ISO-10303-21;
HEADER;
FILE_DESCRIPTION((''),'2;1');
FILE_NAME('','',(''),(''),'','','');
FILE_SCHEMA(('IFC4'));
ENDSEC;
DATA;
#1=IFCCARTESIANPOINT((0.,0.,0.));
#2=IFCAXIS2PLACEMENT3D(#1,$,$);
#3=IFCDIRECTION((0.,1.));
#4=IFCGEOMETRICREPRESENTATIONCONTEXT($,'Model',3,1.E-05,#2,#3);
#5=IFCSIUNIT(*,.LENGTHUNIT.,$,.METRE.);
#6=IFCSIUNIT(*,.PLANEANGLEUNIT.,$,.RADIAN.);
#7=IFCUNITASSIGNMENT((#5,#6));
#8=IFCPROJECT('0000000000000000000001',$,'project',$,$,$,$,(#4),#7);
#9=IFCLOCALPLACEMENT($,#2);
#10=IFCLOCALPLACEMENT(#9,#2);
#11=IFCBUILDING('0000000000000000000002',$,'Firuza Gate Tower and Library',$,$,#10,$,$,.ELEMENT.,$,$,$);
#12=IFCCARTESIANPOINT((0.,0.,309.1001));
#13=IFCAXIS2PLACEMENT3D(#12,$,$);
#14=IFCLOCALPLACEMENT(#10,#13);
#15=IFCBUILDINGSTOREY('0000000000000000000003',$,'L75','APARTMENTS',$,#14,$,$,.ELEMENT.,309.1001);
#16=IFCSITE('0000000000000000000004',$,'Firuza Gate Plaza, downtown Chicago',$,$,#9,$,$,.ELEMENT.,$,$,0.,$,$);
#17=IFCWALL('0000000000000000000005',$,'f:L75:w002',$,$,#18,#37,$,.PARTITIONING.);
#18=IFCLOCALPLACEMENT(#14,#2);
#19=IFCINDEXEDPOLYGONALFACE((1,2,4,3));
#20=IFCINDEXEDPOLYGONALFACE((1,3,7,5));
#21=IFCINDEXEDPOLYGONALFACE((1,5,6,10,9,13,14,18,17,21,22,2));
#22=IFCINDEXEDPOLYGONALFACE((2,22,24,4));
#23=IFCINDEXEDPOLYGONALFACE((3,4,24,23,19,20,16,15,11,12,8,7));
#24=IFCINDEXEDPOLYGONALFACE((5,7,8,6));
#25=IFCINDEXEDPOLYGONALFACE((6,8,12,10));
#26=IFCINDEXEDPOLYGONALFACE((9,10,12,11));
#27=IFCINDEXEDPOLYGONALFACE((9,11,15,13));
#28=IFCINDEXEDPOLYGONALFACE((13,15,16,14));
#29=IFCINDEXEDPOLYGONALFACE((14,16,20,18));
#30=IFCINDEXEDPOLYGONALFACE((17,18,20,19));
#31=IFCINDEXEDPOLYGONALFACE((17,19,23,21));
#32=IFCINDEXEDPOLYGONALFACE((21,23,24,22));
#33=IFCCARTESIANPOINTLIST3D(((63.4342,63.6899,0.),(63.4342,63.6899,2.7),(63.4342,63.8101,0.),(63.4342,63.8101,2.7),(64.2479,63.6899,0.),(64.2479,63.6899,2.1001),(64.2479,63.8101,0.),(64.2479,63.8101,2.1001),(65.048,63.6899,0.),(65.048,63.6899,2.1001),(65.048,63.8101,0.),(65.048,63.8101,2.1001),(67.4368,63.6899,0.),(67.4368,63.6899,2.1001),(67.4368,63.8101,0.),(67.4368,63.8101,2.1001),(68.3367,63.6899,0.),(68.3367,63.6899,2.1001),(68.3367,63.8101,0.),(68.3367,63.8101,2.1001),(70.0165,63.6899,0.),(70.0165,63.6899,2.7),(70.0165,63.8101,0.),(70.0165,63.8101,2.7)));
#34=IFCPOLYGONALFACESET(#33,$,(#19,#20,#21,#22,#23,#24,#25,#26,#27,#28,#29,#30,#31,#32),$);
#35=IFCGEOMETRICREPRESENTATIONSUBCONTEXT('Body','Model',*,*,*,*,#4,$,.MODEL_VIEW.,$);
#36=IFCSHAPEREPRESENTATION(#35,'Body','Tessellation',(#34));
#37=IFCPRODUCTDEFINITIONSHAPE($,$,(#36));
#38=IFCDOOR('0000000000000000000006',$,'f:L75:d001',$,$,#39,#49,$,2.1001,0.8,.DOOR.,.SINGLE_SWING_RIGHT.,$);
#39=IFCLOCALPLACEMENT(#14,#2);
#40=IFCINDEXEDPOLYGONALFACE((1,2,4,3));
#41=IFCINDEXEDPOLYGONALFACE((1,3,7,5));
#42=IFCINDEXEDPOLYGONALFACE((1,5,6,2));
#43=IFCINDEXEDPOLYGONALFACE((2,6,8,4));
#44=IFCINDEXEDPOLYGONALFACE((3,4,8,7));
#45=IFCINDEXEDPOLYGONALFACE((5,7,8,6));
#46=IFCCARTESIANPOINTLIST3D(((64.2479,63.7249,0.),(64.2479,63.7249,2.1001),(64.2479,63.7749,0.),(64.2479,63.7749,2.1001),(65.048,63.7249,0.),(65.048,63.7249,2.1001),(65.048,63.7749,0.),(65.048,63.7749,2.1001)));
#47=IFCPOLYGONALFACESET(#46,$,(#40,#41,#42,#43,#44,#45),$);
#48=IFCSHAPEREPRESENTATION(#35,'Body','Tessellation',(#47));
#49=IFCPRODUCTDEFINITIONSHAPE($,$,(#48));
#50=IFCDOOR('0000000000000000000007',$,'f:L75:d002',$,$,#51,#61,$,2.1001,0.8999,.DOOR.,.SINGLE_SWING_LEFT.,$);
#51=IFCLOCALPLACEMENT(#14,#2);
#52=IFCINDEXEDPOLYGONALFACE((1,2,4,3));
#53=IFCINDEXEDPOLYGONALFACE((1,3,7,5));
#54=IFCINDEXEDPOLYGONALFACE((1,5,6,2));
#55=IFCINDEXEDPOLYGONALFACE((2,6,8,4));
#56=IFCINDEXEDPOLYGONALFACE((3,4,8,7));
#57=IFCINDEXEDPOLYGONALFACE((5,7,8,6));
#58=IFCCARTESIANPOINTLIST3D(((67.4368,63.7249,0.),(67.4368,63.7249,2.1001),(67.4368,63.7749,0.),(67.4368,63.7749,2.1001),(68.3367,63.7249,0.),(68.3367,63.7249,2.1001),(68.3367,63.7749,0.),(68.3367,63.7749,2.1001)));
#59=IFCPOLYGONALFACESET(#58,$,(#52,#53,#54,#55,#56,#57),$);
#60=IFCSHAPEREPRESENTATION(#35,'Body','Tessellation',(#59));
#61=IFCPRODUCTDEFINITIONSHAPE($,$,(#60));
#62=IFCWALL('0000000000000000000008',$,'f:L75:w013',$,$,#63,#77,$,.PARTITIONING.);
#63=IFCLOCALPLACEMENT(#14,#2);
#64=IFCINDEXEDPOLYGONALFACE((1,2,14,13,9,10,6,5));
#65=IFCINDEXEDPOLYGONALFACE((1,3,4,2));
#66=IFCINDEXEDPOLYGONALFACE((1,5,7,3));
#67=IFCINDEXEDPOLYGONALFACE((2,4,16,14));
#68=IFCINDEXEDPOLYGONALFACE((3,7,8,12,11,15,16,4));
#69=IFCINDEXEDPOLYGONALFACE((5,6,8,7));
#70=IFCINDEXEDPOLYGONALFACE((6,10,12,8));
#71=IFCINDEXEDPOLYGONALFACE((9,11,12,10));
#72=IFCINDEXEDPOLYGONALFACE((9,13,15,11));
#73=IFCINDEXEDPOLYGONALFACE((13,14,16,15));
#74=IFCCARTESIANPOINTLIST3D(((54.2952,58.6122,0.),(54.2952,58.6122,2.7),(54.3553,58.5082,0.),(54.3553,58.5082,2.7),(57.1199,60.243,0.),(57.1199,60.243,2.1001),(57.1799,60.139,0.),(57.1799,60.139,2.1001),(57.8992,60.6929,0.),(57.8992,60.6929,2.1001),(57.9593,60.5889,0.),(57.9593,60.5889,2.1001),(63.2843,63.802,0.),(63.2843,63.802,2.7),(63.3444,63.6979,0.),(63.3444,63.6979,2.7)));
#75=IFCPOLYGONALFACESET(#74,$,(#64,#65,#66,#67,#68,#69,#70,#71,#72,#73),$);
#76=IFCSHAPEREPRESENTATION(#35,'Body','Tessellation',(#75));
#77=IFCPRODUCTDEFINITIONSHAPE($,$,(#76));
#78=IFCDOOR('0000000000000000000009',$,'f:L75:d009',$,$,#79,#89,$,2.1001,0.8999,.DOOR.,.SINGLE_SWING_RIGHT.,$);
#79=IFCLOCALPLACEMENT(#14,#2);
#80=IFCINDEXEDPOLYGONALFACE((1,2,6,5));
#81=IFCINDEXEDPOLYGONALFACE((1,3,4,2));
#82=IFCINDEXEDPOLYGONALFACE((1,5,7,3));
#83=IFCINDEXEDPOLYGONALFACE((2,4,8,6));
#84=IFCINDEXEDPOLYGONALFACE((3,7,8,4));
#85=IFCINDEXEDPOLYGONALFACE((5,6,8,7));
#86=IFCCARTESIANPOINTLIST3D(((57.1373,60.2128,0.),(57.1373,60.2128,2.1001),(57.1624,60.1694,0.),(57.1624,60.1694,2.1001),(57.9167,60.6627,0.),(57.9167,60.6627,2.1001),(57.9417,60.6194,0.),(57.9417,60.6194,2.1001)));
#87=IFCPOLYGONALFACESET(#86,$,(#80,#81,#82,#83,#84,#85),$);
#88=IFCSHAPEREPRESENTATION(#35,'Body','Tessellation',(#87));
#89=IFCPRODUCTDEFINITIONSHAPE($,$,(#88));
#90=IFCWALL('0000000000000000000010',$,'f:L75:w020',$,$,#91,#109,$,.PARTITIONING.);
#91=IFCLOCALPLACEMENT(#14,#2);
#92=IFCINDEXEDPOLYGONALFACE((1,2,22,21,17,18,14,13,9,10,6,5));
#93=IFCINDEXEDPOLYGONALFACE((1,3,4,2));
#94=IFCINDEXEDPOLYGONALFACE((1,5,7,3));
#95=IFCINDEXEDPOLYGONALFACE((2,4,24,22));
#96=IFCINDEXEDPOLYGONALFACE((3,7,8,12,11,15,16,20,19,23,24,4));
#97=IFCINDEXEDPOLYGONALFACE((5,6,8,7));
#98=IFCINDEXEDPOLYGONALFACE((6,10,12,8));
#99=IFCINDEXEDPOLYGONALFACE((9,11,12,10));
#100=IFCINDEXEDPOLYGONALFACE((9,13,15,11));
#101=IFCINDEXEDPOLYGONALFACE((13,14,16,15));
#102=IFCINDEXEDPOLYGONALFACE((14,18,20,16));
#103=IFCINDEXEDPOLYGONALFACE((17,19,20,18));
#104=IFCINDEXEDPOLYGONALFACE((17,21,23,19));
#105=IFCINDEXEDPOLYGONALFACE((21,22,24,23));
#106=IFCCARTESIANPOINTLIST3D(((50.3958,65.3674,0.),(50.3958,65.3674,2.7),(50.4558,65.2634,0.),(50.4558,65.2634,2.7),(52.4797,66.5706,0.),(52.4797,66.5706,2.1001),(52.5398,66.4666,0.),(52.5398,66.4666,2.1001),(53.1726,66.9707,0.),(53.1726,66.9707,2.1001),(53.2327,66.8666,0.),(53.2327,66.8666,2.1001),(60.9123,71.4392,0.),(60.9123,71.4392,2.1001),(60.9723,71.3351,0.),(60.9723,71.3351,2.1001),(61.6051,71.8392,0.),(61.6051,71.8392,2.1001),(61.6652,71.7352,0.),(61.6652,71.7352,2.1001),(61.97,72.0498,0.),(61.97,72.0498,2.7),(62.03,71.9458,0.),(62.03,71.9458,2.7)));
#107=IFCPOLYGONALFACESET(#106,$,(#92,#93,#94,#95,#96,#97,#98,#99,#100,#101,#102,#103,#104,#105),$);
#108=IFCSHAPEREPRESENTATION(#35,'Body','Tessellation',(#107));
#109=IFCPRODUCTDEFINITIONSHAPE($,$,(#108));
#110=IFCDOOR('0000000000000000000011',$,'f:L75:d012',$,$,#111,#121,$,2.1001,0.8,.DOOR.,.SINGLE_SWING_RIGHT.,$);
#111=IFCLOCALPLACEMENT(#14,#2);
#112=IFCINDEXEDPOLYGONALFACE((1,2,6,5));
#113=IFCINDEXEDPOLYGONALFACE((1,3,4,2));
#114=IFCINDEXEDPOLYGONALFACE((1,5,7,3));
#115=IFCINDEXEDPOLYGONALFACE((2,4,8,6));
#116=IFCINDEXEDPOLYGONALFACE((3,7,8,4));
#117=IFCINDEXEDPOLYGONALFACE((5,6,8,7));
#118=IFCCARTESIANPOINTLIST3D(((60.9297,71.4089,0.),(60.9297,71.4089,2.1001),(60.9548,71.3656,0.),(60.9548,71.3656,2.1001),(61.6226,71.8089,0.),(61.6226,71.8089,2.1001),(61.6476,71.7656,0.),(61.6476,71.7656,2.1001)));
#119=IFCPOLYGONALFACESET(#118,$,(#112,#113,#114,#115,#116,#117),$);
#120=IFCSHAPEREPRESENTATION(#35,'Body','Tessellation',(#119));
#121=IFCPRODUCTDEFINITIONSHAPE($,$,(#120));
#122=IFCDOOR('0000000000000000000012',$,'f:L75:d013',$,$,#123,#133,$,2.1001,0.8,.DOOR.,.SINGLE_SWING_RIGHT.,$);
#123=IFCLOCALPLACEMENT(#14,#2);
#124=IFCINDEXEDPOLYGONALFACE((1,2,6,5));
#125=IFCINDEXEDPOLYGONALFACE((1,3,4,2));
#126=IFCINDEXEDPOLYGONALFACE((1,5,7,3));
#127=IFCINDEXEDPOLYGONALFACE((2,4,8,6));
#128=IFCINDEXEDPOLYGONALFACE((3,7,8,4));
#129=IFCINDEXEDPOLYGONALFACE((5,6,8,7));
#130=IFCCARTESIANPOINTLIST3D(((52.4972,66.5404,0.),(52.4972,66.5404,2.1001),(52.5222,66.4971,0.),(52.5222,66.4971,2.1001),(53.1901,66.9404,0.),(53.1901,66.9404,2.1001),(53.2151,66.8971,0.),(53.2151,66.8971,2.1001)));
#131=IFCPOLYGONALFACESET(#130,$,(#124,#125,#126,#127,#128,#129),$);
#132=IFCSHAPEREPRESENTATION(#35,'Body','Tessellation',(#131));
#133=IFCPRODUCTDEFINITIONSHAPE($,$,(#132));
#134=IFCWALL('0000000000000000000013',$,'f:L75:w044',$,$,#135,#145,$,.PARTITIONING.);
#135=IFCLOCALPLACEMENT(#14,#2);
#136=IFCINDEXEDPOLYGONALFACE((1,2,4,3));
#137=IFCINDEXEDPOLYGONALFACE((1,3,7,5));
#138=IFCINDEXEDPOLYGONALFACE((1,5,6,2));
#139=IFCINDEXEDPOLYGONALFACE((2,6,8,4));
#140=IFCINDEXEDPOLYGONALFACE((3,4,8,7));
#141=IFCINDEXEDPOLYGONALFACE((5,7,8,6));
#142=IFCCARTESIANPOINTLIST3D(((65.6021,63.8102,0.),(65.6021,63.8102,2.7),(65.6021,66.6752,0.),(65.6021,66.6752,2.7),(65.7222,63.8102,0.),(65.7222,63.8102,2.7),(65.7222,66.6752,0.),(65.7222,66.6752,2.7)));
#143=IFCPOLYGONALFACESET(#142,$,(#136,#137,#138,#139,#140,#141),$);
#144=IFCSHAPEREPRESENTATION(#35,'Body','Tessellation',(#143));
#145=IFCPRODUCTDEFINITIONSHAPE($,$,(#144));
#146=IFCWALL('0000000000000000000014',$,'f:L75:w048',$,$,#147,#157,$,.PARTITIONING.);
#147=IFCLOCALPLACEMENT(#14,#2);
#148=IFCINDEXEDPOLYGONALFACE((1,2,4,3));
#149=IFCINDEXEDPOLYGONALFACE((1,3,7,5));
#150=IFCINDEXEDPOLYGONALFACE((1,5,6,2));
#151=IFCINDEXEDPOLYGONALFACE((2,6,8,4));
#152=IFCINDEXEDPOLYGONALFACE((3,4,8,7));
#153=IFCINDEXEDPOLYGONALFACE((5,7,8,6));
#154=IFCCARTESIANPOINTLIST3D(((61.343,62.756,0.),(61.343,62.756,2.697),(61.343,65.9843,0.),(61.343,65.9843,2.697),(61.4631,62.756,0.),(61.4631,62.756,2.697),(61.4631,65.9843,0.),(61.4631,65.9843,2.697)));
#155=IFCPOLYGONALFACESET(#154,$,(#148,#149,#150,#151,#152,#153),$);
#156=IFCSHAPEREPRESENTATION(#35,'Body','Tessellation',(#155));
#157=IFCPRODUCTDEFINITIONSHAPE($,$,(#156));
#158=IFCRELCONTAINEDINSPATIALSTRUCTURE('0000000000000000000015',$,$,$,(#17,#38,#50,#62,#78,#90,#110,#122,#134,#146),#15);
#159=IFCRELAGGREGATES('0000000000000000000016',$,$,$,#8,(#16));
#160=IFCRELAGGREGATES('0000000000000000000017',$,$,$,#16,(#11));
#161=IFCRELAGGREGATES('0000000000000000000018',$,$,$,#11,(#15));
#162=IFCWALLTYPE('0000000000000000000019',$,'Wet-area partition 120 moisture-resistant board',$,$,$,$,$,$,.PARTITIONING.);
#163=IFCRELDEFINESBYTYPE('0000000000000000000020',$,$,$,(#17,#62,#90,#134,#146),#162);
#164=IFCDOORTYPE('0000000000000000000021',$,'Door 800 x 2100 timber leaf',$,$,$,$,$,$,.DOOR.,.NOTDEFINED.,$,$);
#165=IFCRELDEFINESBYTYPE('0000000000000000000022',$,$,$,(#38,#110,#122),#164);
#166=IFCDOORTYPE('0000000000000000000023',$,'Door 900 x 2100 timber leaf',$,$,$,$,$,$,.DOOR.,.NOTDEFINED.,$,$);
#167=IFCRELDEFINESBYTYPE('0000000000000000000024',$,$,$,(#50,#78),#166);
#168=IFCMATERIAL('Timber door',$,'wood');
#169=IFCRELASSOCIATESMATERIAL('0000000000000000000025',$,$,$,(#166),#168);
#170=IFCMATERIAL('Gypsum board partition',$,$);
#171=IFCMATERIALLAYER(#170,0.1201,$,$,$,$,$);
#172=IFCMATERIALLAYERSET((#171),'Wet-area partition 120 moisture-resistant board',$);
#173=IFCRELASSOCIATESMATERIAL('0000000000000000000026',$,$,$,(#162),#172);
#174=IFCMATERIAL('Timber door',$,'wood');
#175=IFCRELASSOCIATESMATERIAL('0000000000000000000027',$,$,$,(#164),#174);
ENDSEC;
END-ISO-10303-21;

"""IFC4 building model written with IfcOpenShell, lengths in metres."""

from ifc_helpers import new_model, si_unit, direction, frame, frame_2d, origin, place, context, subcontext, project, spatial, rectangle, extrude, material, layer, layer_set, type_object, element, fill, save


model = new_model("IFC4")

# Units and contexts
model_context = context("Model", 3, precision=1e-05, world=origin(), true_north=direction((0.0, 1.0)))
body_context = subcontext(model_context, "Body", "Model", "MODEL_VIEW")
ifc_project = project(units=[si_unit("LENGTHUNIT", "METRE"), si_unit("PLANEANGLEUNIT", "RADIAN")], contexts=[model_context])

# Site, building, storey
site_placement = place(None, origin())
site = spatial("IfcSite", under=ifc_project, at=site_placement, Name="Firuza Gate Plaza, downtown Chicago", CompositionType="ELEMENT", RefElevation=0.0)
building_placement = place(site_placement, origin())
building = spatial("IfcBuilding", under=site, at=building_placement, Name="Firuza Gate Tower and Library", CompositionType="ELEMENT")
storey_placement = place(building_placement, frame((0.0, 0.0, 309.1001)))
storey = spatial("IfcBuildingStorey", under=building, at=storey_placement, Name="L75", Description="APARTMENTS", CompositionType="ELEMENT", Elevation=309.1001)

# Shared definitions
ifc_material_1 = material(Name="Timber door", Category="wood")
door_type_1 = type_object("IfcDoorType", Name="Door 900 x 2100 timber leaf", OperationType="NOTDEFINED", PredefinedType="DOOR", material=ifc_material_1)

# Wall, openings, doors
ifc_material_2 = material(Name="Gypsum board partition")
ifc_layer_1 = layer(ifc_material_2, 0.1201)
ifc_layer_set_1 = layer_set([ifc_layer_1], Name="Wet-area partition 120 moisture-resistant board")
wall_type_1 = type_object("IfcWallType", Name="Wet-area partition 120 moisture-resistant board", PredefinedType="PARTITIONING", material=ifc_layer_set_1)
wall_1_placement = place(storey_placement, frame((63.4343, 63.75, 0.0), z_axis=(0.0, 0.0, 1.0), x_axis=(1.0, 0.0, 0.0)))
wall_1 = element("IfcWall", 1, at=wall_1_placement, inside=storey, type_object=wall_type_1, Name="f:L75:w002", PredefinedType="PARTITIONING", context=body_context, shape_type="SweptSolid", body=[
    extrude(rectangle(XDim=6.5823, YDim=0.1201, at=frame_2d((3.291, 0.0))), origin(), (0.0, 0.0, 1.0), 2.7),
])
opening_1_placement = place(wall_1_placement, frame((0.8137, 0.0, 0.0)))
opening_1 = element("IfcOpeningElement", 2, at=opening_1_placement, cuts=wall_1, PredefinedType="OPENING", context=body_context, shape_type="SweptSolid", body=[
    extrude(rectangle(XDim=0.8, YDim=2.1001, at=frame_2d((0.3999, 1.05))), frame((0.0, 0.0701, 0.0), z_axis=(0.0, -1.0, 0.0), x_axis=(1.0, 0.0, 0.0)), (0.0, 0.0, 1.0), 0.1401),
])
opening_2_placement = place(wall_1_placement, frame((4.0024, 0.0, 0.0)))
opening_2 = element("IfcOpeningElement", 3, at=opening_2_placement, cuts=wall_1, PredefinedType="OPENING", context=body_context, shape_type="SweptSolid", body=[
    extrude(rectangle(XDim=0.8999, YDim=2.1001, at=frame_2d((0.45, 1.05))), frame((0.0, 0.0701, 0.0), z_axis=(0.0, -1.0, 0.0), x_axis=(1.0, 0.0, 0.0)), (0.0, 0.0, 1.0), 0.1401),
])
ifc_material_3 = material(Name="Timber door", Category="wood")
door_type_2 = type_object("IfcDoorType", Name="Door 800 x 2100 timber leaf", OperationType="NOTDEFINED", PredefinedType="DOOR", material=ifc_material_3)
door_1_placement = place(opening_1_placement, origin())
door_1 = element("IfcDoor", 4, at=door_1_placement, inside=storey, type_object=door_type_2, Name="f:L75:d001", OperationType="SINGLE_SWING_RIGHT", OverallHeight=2.1001, OverallWidth=0.8, PredefinedType="DOOR", context=body_context, shape_type="SweptSolid", body=[
    extrude(rectangle(XDim=0.8, YDim=2.1001, at=frame_2d((0.3999, 1.05))), frame((0.0, 0.0249, 0.0), z_axis=(0.0, -1.0, 0.0), x_axis=(1.0, 0.0, 0.0)), (0.0, 0.0, 1.0), 0.05),
])
fill(opening_1, door_1)
door_2_placement = place(opening_2_placement, origin())
door_2 = element("IfcDoor", 5, at=door_2_placement, inside=storey, type_object=door_type_1, Name="f:L75:d002", OperationType="SINGLE_SWING_LEFT", OverallHeight=2.1001, OverallWidth=0.8999, PredefinedType="DOOR", context=body_context, shape_type="SweptSolid", body=[
    extrude(rectangle(XDim=0.8999, YDim=2.1001, at=frame_2d((0.45, 1.05))), frame((0.0, 0.0249, 0.0), z_axis=(0.0, -1.0, 0.0), x_axis=(1.0, 0.0, 0.0)), (0.0, 0.0, 1.0), 0.05),
])
fill(opening_2, door_2)

# Wall, opening, door
wall_2_placement = place(storey_placement, frame((63.3145, 63.75, 0.0), z_axis=(0.0, 0.0, 1.0), x_axis=(-0.86603, -0.499992, 0.0)))
wall_2 = element("IfcWall", 6, at=wall_2_placement, inside=storey, type_object=wall_type_1, Name="f:L75:w013", PredefinedType="PARTITIONING", context=body_context, shape_type="SweptSolid", body=[
    extrude(rectangle(XDim=10.3796, YDim=0.1201, at=frame_2d((5.1899, 0.0))), origin(), (0.0, 0.0, 1.0), 2.7),
])
opening_3_placement = place(wall_2_placement, frame((6.2183, 0.0, 0.0)))
opening_3 = element("IfcOpeningElement", 7, at=opening_3_placement, cuts=wall_2, PredefinedType="OPENING", context=body_context, shape_type="SweptSolid", body=[
    extrude(rectangle(XDim=0.8999, YDim=2.1001, at=frame_2d((0.45, 1.05))), frame((0.0, 0.0701, 0.0), z_axis=(0.0, -1.0, 0.0), x_axis=(1.0, 0.0, 0.0)), (0.0, 0.0, 1.0), 0.1401),
])
door_3_placement = place(opening_3_placement, origin())
door_3 = element("IfcDoor", 8, at=door_3_placement, inside=storey, type_object=door_type_1, Name="f:L75:d009", OperationType="SINGLE_SWING_RIGHT", OverallHeight=2.1001, OverallWidth=0.8999, PredefinedType="DOOR", context=body_context, shape_type="SweptSolid", body=[
    extrude(rectangle(XDim=0.8999, YDim=2.1001, at=frame_2d((0.45, 1.05))), frame((0.0, 0.0249, 0.0), z_axis=(0.0, -1.0, 0.0), x_axis=(1.0, 0.0, 0.0)), (0.0, 0.0, 1.0), 0.05),
])
fill(opening_3, door_3)

# Wall, openings, doors
wall_3_placement = place(storey_placement, frame((62.0, 71.9978, 0.0), z_axis=(0.0, 0.0, 1.0), x_axis=(-0.866026, -0.5, 0.0)))
wall_3 = element("IfcWall", 9, at=wall_3_placement, inside=storey, type_object=wall_type_1, Name="f:L75:w020", PredefinedType="PARTITIONING", context=body_context, shape_type="SweptSolid", body=[
    extrude(rectangle(XDim=13.3647, YDim=0.1201, at=frame_2d((6.6824, 0.0))), origin(), (0.0, 0.0, 1.0), 2.7),
])
opening_4_placement = place(wall_3_placement, frame((0.4214, 0.0, 0.0)))
opening_4 = element("IfcOpeningElement", 10, at=opening_4_placement, cuts=wall_3, PredefinedType="OPENING", context=body_context, shape_type="SweptSolid", body=[
    extrude(rectangle(XDim=0.8, YDim=2.1001, at=frame_2d((0.3999, 1.05))), frame((0.0, 0.0701, 0.0), z_axis=(0.0, -1.0, 0.0), x_axis=(1.0, 0.0, 0.0)), (0.0, 0.0, 1.0), 0.1401),
])
opening_5_placement = place(wall_3_placement, frame((10.1584, 0.0, 0.0)))
opening_5 = element("IfcOpeningElement", 11, at=opening_5_placement, cuts=wall_3, PredefinedType="OPENING", context=body_context, shape_type="SweptSolid", body=[
    extrude(rectangle(XDim=0.8, YDim=2.1001, at=frame_2d((0.3999, 1.05))), frame((0.0, 0.0701, 0.0), z_axis=(0.0, -1.0, 0.0), x_axis=(1.0, 0.0, 0.0)), (0.0, 0.0, 1.0), 0.1401),
])
door_4_placement = place(opening_4_placement, origin())
door_4 = element("IfcDoor", 12, at=door_4_placement, inside=storey, type_object=door_type_2, Name="f:L75:d012", OperationType="SINGLE_SWING_RIGHT", OverallHeight=2.1001, OverallWidth=0.8, PredefinedType="DOOR", context=body_context, shape_type="SweptSolid", body=[
    extrude(rectangle(XDim=0.8, YDim=2.1001, at=frame_2d((0.3999, 1.05))), frame((0.0, 0.0249, 0.0), z_axis=(0.0, -1.0, 0.0), x_axis=(1.0, 0.0, 0.0)), (0.0, 0.0, 1.0), 0.05),
])
fill(opening_4, door_4)
door_5_placement = place(opening_5_placement, origin())
door_5 = element("IfcDoor", 13, at=door_5_placement, inside=storey, type_object=door_type_2, Name="f:L75:d013", OperationType="SINGLE_SWING_RIGHT", OverallHeight=2.1001, OverallWidth=0.8, PredefinedType="DOOR", context=body_context, shape_type="SweptSolid", body=[
    extrude(rectangle(XDim=0.8, YDim=2.1001, at=frame_2d((0.3999, 1.05))), frame((0.0, 0.0249, 0.0), z_axis=(0.0, -1.0, 0.0), x_axis=(1.0, 0.0, 0.0)), (0.0, 0.0, 1.0), 0.05),
])
fill(opening_5, door_5)

# Walls
wall_4_placement = place(storey_placement, frame((65.6621, 63.8101, 0.0), z_axis=(0.0, 0.0, 1.0), x_axis=(0.0, 1.0, 0.0)))
element("IfcWall", 14, at=wall_4_placement, inside=storey, type_object=wall_type_1, Name="f:L75:w044", PredefinedType="PARTITIONING", context=body_context, shape_type="SweptSolid", body=[
    extrude(rectangle(XDim=2.865, YDim=0.1201, at=frame_2d((1.4326, 0.0))), origin(), (0.0, 0.0, 1.0), 2.7),
])
wall_5_placement = place(storey_placement, frame((61.4031, 62.7559, 0.0), z_axis=(0.0, 0.0, 1.0), x_axis=(0.0, 1.0, 0.0)))
element("IfcWall", 15, at=wall_5_placement, inside=storey, type_object=wall_type_1, Name="f:L75:w048", PredefinedType="PARTITIONING", context=body_context, shape_type="SweptSolid", body=[
    extrude(rectangle(XDim=3.2283, YDim=0.1201, at=frame_2d((1.6143, 0.0))), origin(), (0.0, 0.0, 1.0), 2.697),
])

save(model, "model.ifc")
